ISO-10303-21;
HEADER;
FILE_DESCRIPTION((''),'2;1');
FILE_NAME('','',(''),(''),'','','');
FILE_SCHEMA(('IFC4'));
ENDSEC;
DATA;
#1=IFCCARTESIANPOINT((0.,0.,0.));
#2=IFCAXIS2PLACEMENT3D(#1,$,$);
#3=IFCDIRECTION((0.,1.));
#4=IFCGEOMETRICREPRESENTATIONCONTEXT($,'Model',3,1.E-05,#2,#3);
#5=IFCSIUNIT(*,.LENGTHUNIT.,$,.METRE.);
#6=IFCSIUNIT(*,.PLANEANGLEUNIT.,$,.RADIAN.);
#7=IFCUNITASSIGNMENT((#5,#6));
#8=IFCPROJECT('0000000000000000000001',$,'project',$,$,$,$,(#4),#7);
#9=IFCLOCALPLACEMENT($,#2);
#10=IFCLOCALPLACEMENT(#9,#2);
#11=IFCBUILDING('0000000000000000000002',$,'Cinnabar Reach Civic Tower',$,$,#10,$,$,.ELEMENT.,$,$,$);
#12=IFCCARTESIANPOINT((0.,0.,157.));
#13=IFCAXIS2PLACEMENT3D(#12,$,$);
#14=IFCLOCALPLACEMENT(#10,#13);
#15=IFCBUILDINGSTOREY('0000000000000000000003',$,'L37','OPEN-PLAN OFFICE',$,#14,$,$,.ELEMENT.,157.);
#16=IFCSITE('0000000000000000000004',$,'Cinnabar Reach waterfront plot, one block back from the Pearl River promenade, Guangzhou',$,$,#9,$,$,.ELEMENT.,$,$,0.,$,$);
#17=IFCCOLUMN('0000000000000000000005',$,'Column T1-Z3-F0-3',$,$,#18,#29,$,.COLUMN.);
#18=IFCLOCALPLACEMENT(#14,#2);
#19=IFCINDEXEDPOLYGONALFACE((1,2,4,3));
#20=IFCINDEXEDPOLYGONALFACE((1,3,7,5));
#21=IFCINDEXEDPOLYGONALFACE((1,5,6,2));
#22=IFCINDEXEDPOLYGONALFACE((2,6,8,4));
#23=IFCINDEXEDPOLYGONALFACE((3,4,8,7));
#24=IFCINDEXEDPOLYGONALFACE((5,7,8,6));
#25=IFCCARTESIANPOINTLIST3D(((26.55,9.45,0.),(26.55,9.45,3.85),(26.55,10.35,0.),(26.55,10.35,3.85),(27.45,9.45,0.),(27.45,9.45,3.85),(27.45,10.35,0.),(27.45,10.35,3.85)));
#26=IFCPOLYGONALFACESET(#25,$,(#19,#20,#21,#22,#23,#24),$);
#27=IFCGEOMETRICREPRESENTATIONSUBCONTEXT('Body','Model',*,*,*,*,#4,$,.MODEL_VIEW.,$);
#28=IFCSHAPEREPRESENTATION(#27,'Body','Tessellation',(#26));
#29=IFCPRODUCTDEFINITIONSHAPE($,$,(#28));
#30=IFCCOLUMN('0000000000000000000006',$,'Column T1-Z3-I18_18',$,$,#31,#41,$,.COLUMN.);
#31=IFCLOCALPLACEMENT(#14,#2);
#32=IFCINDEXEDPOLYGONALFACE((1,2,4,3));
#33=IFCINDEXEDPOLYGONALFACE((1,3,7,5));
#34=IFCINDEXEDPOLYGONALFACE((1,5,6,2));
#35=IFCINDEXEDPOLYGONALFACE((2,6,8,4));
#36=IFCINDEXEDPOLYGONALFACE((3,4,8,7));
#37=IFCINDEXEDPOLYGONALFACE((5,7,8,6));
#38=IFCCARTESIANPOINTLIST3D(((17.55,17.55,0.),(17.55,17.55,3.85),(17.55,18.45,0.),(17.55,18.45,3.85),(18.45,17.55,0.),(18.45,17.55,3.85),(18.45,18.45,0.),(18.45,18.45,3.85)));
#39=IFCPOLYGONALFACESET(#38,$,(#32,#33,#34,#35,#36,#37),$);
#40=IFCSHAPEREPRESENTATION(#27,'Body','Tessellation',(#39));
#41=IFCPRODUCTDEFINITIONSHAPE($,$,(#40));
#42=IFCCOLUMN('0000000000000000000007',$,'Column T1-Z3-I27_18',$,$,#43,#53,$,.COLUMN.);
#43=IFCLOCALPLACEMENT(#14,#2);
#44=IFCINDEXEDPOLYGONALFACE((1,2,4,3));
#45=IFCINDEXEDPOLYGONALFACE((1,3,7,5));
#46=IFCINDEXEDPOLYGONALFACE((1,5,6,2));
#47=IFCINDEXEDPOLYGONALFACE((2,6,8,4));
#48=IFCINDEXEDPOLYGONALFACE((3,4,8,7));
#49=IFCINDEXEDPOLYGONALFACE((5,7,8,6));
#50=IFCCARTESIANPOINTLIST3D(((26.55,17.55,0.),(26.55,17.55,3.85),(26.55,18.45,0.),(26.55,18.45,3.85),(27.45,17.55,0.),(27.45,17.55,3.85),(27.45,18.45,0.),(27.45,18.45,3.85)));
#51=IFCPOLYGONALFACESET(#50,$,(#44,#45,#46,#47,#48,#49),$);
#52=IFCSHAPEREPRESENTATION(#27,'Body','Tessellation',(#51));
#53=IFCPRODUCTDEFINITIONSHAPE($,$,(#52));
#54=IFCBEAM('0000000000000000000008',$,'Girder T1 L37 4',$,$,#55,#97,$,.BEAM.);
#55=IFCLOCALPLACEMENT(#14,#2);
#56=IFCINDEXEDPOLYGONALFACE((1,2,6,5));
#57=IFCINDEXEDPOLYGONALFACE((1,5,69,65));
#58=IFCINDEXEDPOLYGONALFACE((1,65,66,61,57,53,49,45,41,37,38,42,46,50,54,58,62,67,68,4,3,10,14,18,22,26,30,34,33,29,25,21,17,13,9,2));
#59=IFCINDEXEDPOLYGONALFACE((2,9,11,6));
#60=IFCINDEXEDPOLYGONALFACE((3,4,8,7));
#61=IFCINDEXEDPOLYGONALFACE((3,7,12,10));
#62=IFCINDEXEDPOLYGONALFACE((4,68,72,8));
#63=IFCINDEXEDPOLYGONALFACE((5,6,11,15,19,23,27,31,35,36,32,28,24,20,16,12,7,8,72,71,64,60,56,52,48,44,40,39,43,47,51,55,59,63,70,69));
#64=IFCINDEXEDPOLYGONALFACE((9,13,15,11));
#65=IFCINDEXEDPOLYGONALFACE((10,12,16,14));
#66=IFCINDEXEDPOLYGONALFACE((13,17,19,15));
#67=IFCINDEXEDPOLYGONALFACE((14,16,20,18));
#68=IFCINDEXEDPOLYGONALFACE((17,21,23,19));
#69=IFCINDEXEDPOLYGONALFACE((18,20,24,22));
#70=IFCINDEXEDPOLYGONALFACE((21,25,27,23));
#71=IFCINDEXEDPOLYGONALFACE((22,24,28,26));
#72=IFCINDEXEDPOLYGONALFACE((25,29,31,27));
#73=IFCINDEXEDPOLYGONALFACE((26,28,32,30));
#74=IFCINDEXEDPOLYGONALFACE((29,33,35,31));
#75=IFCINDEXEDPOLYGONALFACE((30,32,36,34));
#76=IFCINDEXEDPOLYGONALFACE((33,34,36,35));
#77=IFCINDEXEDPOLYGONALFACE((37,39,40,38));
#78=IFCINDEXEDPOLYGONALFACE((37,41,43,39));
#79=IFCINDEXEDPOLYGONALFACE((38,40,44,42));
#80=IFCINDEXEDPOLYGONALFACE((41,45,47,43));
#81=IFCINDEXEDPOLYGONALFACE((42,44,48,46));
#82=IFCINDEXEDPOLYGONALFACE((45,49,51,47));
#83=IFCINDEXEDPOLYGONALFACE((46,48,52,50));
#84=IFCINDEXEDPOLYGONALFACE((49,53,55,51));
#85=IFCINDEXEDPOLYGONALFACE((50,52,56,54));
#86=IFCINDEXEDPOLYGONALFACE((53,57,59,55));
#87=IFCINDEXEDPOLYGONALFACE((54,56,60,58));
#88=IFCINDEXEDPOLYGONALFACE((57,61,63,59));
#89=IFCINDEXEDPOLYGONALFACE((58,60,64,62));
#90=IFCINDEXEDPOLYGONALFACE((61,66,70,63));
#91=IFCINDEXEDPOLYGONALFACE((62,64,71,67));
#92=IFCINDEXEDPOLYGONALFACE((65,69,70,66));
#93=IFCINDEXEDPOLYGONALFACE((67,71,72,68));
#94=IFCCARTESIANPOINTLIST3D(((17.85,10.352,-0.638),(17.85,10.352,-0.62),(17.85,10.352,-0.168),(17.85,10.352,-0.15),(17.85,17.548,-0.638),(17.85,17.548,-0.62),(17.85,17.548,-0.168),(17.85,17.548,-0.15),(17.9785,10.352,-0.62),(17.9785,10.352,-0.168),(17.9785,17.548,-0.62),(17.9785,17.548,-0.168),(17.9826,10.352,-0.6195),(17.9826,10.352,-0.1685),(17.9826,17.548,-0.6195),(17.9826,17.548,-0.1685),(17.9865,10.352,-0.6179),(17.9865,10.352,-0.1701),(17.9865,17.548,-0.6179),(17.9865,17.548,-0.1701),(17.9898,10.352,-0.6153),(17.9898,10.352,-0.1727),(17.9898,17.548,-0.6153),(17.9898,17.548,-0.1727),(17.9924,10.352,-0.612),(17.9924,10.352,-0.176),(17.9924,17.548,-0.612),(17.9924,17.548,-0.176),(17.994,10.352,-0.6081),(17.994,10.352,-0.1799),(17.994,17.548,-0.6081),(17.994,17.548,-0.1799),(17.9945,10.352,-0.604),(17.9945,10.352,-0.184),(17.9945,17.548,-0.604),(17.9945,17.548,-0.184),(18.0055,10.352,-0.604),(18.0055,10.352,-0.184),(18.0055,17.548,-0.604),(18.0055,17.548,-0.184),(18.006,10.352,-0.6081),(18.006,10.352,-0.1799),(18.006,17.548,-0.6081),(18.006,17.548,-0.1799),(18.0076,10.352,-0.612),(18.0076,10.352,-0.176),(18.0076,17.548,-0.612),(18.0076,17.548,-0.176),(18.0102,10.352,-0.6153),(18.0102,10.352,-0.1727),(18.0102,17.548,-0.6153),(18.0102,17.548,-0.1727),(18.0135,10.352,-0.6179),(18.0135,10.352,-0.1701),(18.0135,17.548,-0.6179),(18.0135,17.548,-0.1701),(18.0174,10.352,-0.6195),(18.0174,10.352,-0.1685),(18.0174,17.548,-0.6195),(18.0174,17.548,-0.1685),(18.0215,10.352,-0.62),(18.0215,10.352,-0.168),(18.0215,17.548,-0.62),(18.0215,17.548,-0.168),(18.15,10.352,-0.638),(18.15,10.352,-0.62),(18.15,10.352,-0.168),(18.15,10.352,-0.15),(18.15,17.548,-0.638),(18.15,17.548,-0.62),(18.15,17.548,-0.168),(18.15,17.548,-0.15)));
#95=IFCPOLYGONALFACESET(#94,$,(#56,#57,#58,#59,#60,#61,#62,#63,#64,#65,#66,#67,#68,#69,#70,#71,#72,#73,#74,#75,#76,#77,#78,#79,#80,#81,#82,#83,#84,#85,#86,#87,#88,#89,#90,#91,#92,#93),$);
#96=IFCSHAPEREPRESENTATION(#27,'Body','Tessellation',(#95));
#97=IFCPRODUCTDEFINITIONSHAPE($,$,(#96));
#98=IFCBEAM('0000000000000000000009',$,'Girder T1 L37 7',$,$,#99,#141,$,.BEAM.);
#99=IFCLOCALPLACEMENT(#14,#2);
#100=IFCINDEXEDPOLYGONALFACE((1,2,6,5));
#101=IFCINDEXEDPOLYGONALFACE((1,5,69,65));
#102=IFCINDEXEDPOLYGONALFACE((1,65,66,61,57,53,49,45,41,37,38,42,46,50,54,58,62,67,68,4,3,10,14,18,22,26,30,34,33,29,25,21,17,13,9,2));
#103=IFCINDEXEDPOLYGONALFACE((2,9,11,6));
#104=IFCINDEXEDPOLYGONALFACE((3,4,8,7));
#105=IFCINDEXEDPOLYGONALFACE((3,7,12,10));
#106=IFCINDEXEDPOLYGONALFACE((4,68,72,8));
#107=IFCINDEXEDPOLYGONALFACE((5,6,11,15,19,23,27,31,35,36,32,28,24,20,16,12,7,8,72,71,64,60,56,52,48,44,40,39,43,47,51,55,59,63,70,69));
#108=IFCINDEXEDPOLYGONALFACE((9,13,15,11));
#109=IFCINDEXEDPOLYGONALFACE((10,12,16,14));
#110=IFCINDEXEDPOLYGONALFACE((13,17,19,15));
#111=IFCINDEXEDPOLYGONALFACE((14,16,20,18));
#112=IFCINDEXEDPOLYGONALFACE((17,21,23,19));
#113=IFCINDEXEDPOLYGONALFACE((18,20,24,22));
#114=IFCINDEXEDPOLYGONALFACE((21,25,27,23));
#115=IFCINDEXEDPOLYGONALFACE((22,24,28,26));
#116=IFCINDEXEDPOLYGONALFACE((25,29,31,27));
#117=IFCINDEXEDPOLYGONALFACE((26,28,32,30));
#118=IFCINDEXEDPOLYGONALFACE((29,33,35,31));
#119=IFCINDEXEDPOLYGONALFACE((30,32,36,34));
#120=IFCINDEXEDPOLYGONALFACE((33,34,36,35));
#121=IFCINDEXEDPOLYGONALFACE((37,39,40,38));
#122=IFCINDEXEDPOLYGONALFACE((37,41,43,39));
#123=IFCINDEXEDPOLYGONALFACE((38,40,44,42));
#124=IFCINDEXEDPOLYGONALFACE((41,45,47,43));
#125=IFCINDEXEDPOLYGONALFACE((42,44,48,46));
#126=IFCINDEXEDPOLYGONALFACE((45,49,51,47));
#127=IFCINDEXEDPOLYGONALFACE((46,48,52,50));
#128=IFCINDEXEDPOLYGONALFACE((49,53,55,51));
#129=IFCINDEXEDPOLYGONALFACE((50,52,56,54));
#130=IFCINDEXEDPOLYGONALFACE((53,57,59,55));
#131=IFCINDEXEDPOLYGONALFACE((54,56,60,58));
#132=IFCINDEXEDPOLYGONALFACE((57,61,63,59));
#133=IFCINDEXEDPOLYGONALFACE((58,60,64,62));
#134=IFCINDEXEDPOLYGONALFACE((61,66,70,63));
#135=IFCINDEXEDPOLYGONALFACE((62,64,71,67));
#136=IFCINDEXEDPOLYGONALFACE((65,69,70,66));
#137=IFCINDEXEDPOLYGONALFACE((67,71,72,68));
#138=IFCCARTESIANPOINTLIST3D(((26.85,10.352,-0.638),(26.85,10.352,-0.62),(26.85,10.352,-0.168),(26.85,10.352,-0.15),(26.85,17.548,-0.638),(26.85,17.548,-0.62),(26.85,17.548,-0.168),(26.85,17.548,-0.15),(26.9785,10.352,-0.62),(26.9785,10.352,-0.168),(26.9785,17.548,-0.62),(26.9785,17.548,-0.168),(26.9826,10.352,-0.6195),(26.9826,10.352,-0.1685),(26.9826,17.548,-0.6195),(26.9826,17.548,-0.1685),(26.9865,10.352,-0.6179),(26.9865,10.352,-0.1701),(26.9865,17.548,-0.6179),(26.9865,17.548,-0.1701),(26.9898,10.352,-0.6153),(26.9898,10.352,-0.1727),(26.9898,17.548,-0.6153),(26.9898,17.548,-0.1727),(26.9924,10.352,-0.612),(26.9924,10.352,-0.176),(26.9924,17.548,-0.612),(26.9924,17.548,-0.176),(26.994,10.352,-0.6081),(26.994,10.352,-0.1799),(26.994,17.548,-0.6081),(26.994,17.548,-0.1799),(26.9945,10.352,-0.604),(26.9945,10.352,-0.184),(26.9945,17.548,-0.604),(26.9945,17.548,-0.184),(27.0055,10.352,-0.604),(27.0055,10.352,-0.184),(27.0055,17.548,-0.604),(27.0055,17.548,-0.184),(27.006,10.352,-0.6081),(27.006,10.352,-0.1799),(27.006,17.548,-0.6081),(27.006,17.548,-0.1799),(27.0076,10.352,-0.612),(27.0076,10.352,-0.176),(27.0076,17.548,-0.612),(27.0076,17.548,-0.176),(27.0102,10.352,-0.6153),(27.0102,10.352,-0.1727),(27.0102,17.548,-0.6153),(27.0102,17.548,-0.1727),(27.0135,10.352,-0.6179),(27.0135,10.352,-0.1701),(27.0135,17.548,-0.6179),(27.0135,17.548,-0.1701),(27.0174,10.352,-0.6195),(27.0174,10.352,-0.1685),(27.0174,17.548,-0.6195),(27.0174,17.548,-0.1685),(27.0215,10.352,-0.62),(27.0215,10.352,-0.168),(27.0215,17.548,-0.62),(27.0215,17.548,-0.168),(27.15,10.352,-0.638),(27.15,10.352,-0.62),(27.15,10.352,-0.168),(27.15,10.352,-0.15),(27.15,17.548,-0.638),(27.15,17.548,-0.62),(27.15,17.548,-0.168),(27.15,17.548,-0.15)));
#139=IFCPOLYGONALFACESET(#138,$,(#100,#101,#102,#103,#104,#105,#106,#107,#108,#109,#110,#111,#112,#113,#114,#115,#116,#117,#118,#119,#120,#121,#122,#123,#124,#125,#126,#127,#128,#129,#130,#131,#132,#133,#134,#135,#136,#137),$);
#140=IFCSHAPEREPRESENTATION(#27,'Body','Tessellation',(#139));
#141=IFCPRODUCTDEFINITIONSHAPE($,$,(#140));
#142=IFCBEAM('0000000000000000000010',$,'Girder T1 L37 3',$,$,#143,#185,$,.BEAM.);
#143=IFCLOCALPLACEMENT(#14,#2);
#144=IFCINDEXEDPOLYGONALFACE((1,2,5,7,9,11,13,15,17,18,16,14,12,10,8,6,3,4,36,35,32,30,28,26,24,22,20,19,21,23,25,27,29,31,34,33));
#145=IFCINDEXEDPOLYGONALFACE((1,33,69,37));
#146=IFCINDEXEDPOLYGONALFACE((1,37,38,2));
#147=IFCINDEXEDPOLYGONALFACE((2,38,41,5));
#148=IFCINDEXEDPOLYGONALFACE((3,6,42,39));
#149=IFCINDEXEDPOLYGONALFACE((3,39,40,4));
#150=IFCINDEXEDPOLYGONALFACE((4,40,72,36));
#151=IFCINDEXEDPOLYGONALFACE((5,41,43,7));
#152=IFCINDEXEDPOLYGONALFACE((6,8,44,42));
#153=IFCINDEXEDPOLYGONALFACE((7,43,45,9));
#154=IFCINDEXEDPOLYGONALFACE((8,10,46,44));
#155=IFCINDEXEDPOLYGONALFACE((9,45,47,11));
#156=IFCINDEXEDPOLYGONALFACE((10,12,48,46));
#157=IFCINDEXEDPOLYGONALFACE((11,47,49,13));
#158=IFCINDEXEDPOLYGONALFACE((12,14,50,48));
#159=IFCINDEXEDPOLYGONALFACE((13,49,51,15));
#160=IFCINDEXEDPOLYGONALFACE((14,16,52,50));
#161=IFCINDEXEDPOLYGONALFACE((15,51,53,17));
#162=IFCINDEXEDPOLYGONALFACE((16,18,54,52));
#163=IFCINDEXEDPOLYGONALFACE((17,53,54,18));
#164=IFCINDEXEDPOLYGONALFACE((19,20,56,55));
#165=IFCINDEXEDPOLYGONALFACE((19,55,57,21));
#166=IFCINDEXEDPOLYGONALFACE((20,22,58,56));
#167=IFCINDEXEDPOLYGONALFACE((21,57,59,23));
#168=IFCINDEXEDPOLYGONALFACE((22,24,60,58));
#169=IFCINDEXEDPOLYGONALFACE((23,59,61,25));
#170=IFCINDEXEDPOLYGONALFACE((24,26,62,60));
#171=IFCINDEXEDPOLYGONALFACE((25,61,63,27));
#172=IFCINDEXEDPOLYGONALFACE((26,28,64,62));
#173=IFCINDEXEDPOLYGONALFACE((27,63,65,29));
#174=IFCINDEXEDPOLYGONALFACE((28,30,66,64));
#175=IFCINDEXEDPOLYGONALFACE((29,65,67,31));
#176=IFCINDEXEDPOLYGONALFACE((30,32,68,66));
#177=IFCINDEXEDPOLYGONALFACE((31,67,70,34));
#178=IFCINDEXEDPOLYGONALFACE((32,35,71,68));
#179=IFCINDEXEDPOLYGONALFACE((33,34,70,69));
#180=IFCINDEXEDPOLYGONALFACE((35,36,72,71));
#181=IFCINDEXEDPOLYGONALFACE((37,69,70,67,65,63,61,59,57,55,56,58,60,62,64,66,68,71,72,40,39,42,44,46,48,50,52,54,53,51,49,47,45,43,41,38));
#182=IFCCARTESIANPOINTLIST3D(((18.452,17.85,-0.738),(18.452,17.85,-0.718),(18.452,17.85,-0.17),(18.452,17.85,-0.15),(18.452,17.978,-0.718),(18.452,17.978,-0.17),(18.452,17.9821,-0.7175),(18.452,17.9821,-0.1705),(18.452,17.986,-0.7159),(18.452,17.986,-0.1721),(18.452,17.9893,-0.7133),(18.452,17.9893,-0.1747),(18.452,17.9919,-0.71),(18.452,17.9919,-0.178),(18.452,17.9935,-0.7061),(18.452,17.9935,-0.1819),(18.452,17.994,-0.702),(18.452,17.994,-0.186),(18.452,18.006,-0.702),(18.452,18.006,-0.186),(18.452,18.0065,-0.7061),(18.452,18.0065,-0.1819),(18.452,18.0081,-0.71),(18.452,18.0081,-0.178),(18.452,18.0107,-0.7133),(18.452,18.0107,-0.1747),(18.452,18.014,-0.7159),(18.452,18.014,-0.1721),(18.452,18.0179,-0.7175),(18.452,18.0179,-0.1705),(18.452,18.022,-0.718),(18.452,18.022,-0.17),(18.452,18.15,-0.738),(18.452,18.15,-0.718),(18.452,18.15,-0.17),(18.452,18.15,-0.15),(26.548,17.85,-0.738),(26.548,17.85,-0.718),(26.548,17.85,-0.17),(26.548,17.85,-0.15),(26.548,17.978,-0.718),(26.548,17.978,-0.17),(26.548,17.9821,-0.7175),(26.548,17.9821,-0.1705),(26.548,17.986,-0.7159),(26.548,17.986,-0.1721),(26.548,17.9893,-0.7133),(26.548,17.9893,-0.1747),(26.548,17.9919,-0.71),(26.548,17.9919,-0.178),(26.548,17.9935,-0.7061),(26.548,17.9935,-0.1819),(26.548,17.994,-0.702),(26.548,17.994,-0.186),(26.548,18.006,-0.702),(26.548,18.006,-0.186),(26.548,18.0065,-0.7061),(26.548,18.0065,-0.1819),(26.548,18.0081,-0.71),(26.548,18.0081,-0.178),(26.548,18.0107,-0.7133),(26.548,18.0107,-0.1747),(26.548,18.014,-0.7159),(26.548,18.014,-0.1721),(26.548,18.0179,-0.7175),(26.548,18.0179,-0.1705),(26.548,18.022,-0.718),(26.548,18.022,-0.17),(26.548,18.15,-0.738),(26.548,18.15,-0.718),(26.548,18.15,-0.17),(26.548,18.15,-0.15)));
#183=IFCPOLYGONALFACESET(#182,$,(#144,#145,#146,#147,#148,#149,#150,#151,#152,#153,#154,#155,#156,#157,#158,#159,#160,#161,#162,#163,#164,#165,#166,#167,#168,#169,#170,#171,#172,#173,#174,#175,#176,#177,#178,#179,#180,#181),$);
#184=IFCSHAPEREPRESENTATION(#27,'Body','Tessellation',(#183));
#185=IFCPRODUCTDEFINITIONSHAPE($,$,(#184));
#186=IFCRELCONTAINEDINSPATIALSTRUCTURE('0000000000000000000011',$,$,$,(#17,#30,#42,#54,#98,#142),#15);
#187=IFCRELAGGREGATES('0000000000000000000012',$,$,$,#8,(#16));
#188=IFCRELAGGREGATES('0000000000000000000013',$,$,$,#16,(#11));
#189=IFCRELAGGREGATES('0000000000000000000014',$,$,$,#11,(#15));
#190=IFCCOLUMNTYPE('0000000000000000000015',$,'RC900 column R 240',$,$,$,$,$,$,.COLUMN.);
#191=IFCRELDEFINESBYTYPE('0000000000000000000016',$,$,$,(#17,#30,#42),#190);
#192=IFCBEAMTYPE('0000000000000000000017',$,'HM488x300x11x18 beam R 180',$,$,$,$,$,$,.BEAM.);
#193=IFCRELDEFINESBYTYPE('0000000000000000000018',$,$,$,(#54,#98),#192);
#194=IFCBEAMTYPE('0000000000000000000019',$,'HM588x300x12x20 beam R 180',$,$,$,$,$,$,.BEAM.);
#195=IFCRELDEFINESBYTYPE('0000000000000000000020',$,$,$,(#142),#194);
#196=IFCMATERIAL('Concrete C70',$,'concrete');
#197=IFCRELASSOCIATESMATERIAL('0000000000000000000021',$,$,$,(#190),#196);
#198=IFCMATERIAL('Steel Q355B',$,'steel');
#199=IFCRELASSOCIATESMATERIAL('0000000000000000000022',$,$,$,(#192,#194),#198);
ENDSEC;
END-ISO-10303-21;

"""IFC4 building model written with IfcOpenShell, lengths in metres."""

from ifc_helpers import new_model, si_unit, direction, frame, origin, origin_2d, place, context, subcontext, project, spatial, rectangle, i_section, extrude, material, material_profile, profile_set, type_object, element, save


model = new_model("IFC4")

# Units and contexts
model_context = context("Model", 3, precision=1e-05, world=origin(), true_north=direction((0.0, 1.0)))
body_context = subcontext(model_context, "Body", "Model", "MODEL_VIEW")
ifc_project = project(units=[si_unit("LENGTHUNIT", "METRE"), si_unit("PLANEANGLEUNIT", "RADIAN")], contexts=[model_context])

# Site, building, storey
site_placement = place(None, origin())
site = spatial("IfcSite", under=ifc_project, at=site_placement, Name="Cinnabar Reach waterfront plot, one block back from the Pearl River promenade, Guangzhou", CompositionType="ELEMENT", RefElevation=0.0)
building_placement = place(site_placement, origin())
building = spatial("IfcBuilding", under=site, at=building_placement, Name="Cinnabar Reach Civic Tower", CompositionType="ELEMENT")
storey_placement = place(building_placement, frame((0.0, 0.0, 157.0)))
storey = spatial("IfcBuildingStorey", under=building, at=storey_placement, Name="L37", Description="OPEN-PLAN OFFICE", CompositionType="ELEMENT", Elevation=157.0)

# Columns
ifc_material_1 = material(Name="Concrete C70", Category="concrete")
ifc_material_profile_1 = material_profile(ifc_material_1, rectangle(XDim=0.9, YDim=0.9, at=origin_2d()), Name="RC900")
ifc_profile_set_1 = profile_set([ifc_material_profile_1], Name="Concrete C70")
column_type = type_object("IfcColumnType", Name="RC900 column R 240", PredefinedType="COLUMN", material=ifc_profile_set_1)
for number, where, z_axis, x_axis, name in (
    (1, (27.0, 9.9, 0.0), (0.0, 0.0, 1.0), (1.0, 0.0, 0.0), "Column T1-Z3-F0-3"),
    (2, (18.0, 18.0, 0.0), (0.0, 0.0, 1.0), (1.0, 0.0, 0.0), "Column T1-Z3-I18_18"),
    (3, (27.0, 18.0, 0.0), (0.0, 0.0, 1.0), (1.0, 0.0, 0.0), "Column T1-Z3-I27_18"),
):
    element("IfcColumn", number, at=place(storey_placement, frame(where, z_axis=z_axis, x_axis=x_axis)), inside=storey, type_object=column_type, Name=name, PredefinedType="COLUMN", context=body_context, shape_type="SweptSolid", body=[
        extrude(rectangle(XDim=0.9, YDim=0.9, at=origin_2d()), origin(), (0.0, 0.0, 1.0), 3.85),
    ])

# Beams
ifc_material_2 = material(Name="Steel Q355B", Category="steel")
ifc_material_profile_2 = material_profile(ifc_material_2, i_section(OverallWidth=0.3, OverallDepth=0.488, WebThickness=0.011, FlangeThickness=0.018, FilletRadius=0.016, at=origin_2d()), Name="HM488x300x11x18")
ifc_profile_set_2 = profile_set([ifc_material_profile_2], Name="Steel Q355B")
beam_type_1 = type_object("IfcBeamType", Name="HM488x300x11x18 beam R 180", PredefinedType="BEAM", material=ifc_profile_set_2)
for number, where, z_axis, x_axis, name in (
    (4, (18.0, 10.352, -0.394), (0.0, 1.0, 0.0), (-1.0, 0.0, 0.0), "Girder T1 L37 4"),
    (5, (27.0, 10.352, -0.394), (0.0, 1.0, 0.0), (-1.0, 0.0, 0.0), "Girder T1 L37 7"),
):
    element("IfcBeam", number, at=place(storey_placement, frame(where, z_axis=z_axis, x_axis=x_axis)), inside=storey, type_object=beam_type_1, Name=name, PredefinedType="BEAM", context=body_context, shape_type="SweptSolid", body=[
        extrude(i_section(OverallWidth=0.3, OverallDepth=0.488, WebThickness=0.011, FlangeThickness=0.018, FilletRadius=0.016, at=origin_2d()), origin(), (0.0, 0.0, 1.0), 7.196),
    ])
ifc_material_profile_3 = material_profile(ifc_material_2, i_section(OverallWidth=0.3, OverallDepth=0.588, WebThickness=0.012, FlangeThickness=0.02, FilletRadius=0.016, at=origin_2d()), Name="HM588x300x12x20")
ifc_profile_set_3 = profile_set([ifc_material_profile_3], Name="Steel Q355B")
beam_type_2 = type_object("IfcBeamType", Name="HM588x300x12x20 beam R 180", PredefinedType="BEAM", material=ifc_profile_set_3)
for number, where, z_axis, x_axis, name in (
    (6, (18.452, 18.0, -0.444), (1.0, 0.0, 0.0), (0.0, 1.0, 0.0), "Girder T1 L37 3"),
):
    element("IfcBeam", number, at=place(storey_placement, frame(where, z_axis=z_axis, x_axis=x_axis)), inside=storey, type_object=beam_type_2, Name=name, PredefinedType="BEAM", context=body_context, shape_type="SweptSolid", body=[
        extrude(i_section(OverallWidth=0.3, OverallDepth=0.588, WebThickness=0.012, FlangeThickness=0.02, FilletRadius=0.016, at=origin_2d()), origin(), (0.0, 0.0, 1.0), 8.096),
    ])

save(model, "model.ifc")
